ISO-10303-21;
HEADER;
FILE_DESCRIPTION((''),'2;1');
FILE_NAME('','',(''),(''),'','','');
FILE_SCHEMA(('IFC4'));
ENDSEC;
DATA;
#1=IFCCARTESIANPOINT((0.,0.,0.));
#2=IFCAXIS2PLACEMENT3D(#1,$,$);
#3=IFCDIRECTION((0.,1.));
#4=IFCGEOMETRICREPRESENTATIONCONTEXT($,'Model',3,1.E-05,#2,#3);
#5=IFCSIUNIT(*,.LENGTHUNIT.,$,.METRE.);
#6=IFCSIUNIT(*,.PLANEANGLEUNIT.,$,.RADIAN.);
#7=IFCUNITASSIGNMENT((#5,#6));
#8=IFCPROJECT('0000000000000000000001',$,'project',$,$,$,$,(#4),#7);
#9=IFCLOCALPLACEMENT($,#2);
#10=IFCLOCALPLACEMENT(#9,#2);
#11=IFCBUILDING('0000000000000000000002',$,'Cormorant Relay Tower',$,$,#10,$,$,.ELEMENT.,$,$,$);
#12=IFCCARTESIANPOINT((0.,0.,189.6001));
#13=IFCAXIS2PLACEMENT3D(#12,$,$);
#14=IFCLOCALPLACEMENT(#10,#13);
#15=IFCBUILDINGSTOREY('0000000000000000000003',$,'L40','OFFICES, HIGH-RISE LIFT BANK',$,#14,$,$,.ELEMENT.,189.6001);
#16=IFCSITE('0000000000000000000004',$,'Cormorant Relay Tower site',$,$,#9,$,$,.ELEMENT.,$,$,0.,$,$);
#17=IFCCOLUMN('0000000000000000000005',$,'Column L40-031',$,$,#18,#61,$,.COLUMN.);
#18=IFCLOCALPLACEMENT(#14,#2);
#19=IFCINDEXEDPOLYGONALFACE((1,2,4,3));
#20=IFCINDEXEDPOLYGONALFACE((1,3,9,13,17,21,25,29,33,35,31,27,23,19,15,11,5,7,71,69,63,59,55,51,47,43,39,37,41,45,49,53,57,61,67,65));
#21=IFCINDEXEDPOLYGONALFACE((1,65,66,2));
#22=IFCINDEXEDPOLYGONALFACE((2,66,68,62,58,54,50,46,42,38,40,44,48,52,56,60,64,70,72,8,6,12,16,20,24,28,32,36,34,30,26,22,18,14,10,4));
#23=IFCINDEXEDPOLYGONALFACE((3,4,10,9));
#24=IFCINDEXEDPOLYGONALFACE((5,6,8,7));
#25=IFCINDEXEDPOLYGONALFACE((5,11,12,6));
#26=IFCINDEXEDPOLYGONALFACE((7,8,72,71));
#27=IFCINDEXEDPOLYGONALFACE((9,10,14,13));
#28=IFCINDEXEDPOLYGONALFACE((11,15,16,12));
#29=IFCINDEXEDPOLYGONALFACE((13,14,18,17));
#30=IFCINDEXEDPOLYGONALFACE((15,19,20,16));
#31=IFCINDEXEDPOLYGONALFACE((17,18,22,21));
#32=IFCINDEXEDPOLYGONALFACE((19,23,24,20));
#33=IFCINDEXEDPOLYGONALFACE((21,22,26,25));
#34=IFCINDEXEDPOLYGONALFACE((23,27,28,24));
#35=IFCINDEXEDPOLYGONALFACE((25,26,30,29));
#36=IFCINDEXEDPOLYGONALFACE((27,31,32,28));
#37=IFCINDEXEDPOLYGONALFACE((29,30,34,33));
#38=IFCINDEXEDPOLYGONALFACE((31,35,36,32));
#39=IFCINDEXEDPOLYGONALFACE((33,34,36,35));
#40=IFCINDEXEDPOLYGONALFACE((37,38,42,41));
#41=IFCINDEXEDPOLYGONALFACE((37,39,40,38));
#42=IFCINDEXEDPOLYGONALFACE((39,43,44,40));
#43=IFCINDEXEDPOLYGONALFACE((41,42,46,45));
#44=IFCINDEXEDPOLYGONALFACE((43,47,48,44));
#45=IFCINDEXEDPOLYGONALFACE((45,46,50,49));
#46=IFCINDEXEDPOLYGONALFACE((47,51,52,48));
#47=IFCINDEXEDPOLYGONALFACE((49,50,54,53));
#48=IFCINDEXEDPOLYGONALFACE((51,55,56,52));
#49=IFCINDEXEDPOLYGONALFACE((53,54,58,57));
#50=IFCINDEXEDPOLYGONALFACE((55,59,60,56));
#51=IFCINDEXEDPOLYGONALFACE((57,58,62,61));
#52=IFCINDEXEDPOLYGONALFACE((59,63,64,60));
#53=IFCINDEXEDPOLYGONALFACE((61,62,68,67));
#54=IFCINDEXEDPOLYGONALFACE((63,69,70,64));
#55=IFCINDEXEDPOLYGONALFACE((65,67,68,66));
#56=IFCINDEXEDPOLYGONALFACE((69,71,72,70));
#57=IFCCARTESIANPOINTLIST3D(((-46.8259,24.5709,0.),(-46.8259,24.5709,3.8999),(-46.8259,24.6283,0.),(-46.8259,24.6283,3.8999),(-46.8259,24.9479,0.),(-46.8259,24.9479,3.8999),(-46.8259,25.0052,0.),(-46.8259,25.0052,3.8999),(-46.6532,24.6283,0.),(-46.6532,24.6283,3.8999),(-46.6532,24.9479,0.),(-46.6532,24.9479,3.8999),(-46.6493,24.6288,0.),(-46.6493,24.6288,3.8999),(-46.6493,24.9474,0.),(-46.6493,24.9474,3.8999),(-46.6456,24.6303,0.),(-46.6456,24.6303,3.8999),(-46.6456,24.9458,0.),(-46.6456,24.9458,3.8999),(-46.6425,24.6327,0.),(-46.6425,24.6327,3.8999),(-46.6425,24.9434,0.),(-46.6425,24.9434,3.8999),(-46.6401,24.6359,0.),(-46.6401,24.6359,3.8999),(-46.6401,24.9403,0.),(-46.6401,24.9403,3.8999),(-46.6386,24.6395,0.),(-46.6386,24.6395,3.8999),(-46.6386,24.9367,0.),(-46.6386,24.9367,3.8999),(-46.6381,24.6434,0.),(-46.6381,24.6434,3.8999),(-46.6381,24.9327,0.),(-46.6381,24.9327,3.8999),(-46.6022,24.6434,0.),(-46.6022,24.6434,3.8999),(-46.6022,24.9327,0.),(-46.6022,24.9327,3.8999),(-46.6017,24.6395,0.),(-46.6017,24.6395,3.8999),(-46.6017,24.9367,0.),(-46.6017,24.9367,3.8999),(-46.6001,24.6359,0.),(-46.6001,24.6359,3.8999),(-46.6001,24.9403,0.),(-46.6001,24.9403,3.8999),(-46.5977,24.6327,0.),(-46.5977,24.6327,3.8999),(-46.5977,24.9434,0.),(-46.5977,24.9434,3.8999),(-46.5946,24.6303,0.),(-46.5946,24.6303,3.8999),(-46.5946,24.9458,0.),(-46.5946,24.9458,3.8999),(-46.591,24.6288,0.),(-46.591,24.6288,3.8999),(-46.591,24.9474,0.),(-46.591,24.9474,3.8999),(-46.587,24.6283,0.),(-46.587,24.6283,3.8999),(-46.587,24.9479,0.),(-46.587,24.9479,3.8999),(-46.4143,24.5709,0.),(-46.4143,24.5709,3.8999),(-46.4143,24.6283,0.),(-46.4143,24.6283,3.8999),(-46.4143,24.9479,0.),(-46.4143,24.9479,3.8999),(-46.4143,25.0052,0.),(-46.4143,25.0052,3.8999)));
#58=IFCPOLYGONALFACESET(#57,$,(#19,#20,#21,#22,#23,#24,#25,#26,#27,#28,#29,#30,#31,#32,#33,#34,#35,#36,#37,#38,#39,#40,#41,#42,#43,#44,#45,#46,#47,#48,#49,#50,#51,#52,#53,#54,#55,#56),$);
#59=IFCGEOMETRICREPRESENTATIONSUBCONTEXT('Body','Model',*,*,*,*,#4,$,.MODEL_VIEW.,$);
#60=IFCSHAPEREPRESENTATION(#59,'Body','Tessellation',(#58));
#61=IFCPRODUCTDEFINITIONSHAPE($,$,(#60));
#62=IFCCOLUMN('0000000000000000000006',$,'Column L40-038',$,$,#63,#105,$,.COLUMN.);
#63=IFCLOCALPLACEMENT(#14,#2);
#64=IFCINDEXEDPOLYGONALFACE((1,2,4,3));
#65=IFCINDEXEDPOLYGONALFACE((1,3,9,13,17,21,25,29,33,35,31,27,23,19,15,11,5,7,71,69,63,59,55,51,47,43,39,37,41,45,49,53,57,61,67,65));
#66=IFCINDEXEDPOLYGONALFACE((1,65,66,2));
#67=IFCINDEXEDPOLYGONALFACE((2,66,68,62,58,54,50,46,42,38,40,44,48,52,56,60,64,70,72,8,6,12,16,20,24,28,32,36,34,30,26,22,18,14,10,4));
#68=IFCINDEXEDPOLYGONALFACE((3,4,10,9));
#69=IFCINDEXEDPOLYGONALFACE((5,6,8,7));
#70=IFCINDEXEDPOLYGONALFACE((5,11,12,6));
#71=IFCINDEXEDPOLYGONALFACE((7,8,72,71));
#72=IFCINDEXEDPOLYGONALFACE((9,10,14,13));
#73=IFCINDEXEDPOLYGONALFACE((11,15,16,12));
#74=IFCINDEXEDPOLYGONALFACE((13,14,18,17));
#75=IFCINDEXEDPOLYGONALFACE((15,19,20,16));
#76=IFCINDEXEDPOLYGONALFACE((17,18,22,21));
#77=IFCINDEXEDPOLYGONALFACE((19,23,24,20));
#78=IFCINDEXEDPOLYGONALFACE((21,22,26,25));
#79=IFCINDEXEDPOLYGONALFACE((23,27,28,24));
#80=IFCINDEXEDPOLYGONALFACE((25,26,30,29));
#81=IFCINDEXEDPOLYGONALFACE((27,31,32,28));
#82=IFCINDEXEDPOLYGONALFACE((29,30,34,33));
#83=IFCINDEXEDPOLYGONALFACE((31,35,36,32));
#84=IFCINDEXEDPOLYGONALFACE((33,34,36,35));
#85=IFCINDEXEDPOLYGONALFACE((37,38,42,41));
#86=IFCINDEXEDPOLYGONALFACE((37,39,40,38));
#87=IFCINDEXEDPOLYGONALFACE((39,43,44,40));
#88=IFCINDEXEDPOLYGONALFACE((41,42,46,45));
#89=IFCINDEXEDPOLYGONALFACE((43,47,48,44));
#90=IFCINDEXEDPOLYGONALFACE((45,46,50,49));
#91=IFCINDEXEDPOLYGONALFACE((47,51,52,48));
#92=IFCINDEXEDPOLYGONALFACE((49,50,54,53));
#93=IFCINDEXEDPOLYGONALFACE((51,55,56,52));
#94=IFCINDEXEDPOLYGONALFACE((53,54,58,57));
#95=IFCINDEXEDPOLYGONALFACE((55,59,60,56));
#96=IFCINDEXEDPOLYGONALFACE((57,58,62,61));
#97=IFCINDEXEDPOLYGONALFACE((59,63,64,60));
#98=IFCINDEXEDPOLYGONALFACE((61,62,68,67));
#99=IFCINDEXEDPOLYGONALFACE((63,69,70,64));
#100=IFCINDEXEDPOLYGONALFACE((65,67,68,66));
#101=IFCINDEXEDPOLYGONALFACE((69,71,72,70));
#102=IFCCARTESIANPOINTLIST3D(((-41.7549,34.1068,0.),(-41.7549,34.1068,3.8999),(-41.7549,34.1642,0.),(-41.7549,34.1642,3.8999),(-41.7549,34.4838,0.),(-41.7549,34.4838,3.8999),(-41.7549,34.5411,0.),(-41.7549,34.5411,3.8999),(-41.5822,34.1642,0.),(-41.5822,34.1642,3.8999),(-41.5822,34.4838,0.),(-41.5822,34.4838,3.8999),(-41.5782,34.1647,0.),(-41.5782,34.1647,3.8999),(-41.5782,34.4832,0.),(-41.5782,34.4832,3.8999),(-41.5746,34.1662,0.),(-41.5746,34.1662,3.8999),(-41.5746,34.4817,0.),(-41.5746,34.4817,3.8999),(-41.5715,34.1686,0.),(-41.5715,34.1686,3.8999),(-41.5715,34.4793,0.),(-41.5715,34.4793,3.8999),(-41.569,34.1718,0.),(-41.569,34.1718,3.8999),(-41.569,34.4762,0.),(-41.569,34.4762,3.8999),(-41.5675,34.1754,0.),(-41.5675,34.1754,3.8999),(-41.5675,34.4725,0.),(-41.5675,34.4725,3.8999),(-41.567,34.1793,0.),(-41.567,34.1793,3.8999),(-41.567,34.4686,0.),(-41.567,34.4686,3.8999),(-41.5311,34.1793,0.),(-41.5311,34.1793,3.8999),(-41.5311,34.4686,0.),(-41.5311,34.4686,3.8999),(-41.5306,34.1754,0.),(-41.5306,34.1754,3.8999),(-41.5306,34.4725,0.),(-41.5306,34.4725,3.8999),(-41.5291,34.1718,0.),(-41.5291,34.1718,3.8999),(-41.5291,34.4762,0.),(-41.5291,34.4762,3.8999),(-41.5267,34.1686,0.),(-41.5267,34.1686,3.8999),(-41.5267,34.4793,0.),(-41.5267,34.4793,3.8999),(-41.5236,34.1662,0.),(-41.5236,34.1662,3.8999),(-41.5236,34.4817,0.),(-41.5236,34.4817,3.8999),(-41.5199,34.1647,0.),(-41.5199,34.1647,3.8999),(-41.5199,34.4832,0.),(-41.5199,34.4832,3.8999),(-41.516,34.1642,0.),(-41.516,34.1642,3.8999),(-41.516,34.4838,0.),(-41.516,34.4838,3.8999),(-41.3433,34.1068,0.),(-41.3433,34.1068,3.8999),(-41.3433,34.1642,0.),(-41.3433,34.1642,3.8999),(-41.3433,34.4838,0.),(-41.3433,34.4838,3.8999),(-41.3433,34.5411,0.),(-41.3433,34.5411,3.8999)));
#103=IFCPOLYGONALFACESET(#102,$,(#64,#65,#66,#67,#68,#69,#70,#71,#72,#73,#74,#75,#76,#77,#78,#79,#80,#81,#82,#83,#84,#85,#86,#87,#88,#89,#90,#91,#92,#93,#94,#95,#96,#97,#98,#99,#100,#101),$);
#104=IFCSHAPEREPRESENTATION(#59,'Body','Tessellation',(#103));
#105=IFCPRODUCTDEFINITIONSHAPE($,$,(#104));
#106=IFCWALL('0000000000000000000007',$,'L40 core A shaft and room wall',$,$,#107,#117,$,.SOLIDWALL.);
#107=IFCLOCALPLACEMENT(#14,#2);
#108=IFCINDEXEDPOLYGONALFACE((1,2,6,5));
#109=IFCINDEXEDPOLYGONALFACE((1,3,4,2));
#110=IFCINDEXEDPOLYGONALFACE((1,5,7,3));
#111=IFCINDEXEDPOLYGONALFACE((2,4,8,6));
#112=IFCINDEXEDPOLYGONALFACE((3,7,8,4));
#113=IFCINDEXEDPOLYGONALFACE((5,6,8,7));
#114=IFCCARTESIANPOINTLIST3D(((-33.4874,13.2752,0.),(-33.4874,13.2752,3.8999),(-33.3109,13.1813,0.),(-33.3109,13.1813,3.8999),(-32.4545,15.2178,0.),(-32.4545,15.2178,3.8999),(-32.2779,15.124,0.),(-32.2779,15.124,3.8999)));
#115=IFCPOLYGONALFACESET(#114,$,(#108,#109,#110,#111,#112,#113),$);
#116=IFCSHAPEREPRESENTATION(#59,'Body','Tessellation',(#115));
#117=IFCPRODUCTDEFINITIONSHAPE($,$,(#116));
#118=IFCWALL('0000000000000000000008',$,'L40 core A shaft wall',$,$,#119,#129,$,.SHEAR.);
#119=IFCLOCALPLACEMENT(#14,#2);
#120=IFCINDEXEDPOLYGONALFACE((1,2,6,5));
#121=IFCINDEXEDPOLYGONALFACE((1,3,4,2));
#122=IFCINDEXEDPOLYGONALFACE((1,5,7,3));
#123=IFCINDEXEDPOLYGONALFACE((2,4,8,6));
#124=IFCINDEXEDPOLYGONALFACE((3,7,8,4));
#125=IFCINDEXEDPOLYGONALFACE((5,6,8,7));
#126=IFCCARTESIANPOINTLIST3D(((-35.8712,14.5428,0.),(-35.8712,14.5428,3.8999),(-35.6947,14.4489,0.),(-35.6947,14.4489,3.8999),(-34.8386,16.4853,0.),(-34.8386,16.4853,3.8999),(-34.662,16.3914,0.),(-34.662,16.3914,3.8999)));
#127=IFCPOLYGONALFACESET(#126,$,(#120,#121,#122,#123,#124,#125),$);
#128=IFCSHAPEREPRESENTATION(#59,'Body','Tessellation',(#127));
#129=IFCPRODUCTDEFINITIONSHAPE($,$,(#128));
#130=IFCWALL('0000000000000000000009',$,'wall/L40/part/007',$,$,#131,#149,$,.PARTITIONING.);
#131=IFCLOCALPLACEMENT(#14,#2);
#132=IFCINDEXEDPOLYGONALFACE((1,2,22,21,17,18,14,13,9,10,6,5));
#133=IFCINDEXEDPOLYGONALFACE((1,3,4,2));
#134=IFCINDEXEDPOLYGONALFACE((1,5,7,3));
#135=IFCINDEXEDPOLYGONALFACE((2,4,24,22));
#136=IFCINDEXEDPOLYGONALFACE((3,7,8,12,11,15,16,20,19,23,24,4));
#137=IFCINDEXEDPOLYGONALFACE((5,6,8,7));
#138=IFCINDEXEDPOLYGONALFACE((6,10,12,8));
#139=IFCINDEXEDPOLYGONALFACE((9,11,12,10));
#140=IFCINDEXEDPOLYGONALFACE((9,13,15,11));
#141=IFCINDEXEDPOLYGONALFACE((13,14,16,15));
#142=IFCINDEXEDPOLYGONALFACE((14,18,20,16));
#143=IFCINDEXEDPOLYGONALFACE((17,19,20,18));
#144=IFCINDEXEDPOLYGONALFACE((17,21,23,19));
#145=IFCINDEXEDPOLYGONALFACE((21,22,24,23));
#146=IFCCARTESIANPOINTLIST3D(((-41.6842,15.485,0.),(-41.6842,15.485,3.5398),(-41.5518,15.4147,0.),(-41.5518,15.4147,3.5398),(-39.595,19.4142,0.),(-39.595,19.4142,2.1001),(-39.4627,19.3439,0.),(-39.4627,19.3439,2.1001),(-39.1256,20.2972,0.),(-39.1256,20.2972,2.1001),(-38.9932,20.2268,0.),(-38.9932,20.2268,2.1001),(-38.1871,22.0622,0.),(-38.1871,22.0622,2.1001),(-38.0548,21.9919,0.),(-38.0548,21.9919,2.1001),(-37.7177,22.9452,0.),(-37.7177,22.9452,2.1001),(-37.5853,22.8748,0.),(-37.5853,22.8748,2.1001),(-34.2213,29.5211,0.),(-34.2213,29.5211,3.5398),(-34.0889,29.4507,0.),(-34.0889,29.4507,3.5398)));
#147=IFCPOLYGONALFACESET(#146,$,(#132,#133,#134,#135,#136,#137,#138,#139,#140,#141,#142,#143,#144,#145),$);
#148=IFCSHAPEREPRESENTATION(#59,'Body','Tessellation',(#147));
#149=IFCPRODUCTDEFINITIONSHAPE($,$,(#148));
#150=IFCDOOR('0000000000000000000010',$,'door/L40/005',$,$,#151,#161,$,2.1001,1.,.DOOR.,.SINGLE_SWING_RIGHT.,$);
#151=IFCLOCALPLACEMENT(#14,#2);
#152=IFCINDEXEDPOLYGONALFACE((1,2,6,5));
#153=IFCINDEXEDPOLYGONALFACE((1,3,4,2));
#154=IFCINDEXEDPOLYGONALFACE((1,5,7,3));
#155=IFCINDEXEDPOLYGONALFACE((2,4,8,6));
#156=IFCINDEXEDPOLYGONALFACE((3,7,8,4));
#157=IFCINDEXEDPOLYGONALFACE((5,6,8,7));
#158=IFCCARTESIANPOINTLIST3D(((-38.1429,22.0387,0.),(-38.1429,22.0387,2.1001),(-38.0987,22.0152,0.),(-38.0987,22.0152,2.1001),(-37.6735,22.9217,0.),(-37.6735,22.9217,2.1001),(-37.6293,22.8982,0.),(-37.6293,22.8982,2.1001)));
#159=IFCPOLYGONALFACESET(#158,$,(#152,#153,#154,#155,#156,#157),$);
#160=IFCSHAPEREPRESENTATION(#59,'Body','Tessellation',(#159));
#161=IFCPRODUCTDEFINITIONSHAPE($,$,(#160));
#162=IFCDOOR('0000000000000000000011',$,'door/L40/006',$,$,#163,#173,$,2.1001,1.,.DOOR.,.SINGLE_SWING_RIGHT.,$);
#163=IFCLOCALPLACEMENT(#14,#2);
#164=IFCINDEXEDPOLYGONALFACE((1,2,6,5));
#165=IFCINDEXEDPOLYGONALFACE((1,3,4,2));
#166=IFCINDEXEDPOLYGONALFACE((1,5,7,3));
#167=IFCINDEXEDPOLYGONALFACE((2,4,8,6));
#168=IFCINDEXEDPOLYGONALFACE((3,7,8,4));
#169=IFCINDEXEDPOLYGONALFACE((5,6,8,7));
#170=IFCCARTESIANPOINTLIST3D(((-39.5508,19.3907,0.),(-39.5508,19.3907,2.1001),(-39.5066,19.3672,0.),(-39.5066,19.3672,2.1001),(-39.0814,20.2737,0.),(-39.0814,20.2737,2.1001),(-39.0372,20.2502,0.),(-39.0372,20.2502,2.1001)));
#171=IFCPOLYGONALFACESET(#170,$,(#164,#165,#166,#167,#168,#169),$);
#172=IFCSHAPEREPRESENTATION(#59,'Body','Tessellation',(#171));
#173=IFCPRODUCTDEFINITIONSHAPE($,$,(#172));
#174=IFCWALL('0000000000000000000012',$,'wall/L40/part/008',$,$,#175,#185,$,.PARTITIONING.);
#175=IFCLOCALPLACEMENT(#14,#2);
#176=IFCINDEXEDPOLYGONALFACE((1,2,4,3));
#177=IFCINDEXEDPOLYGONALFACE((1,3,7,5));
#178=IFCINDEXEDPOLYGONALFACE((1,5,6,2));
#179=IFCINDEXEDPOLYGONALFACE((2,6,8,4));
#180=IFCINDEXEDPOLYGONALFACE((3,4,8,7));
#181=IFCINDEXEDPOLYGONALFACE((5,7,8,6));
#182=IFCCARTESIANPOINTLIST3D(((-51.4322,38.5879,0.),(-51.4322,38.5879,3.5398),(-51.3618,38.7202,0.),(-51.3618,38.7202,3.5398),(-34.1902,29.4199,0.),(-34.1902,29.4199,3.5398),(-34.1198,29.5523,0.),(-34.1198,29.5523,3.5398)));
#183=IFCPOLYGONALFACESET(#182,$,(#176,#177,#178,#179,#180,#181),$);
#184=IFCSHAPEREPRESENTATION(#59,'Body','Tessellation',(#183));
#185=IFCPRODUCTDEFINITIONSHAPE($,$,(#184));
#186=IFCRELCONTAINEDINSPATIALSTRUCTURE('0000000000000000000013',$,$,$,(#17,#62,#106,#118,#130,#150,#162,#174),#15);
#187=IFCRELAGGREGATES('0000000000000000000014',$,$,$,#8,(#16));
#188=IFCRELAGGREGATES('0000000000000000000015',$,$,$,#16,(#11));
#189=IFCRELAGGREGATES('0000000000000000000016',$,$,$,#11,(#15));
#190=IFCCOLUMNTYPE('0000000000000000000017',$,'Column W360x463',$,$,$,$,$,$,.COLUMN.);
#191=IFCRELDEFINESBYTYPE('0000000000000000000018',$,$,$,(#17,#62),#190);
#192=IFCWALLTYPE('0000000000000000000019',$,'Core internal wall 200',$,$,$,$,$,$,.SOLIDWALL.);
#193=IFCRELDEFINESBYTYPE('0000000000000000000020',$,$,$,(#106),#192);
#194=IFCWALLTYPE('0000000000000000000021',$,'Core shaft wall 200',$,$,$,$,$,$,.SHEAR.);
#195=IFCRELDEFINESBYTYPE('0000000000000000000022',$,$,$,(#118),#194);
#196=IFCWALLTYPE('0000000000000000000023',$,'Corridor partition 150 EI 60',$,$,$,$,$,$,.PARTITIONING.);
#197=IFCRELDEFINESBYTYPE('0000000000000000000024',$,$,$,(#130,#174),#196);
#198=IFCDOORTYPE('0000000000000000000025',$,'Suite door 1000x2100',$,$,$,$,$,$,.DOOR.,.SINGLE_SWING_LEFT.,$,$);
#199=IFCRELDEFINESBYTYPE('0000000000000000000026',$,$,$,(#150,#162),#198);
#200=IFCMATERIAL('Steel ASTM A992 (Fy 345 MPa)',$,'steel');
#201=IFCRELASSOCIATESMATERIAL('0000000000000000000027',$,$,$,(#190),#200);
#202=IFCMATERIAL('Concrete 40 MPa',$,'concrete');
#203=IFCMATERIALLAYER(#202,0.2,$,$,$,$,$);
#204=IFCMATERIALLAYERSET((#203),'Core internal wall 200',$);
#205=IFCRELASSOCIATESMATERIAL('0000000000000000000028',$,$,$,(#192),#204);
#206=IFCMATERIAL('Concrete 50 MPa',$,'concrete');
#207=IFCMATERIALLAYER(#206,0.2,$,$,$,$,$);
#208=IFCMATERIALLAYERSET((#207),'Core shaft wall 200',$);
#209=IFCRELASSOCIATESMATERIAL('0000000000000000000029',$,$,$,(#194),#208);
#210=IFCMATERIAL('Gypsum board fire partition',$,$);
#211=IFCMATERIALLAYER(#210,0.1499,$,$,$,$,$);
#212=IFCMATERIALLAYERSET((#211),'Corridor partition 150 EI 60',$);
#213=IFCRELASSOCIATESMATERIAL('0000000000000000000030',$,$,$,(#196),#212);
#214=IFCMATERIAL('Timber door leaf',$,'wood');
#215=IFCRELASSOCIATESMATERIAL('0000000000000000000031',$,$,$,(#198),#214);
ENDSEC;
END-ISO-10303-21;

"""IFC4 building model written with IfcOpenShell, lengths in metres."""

from ifc_helpers import new_model, si_unit, direction, frame, frame_2d, origin, origin_2d, place, context, subcontext, project, spatial, rectangle, i_section, extrude, material, layer, layer_set, material_profile, profile_set, type_object, element, fill, save


model = new_model("IFC4")

# Units and contexts
model_context = context("Model", 3, precision=1e-05, world=origin(), true_north=direction((0.0, 1.0)))
body_context = subcontext(model_context, "Body", "Model", "MODEL_VIEW")
ifc_project = project(units=[si_unit("LENGTHUNIT", "METRE"), si_unit("PLANEANGLEUNIT", "RADIAN")], contexts=[model_context])

# Site, building, storey
site_placement = place(None, origin())
site = spatial("IfcSite", under=ifc_project, at=site_placement, Name="Cormorant Relay Tower site", CompositionType="ELEMENT", RefElevation=0.0)
building_placement = place(site_placement, origin())
building = spatial("IfcBuilding", under=site, at=building_placement, Name="Cormorant Relay Tower", CompositionType="ELEMENT")
storey_placement = place(building_placement, frame((0.0, 0.0, 189.6001)))
storey = spatial("IfcBuildingStorey", under=building, at=storey_placement, Name="L40", Description="OFFICES, HIGH-RISE LIFT BANK", CompositionType="ELEMENT", Elevation=189.6001)

# Columns
ifc_material_1 = material(Name="Steel ASTM A992 (Fy 345 MPa)", Category="steel")
ifc_material_profile = material_profile(ifc_material_1, i_section(OverallWidth=0.4116, OverallDepth=0.4343, WebThickness=0.0359, FlangeThickness=0.0574, FilletRadius=0.0151, at=origin_2d()), Name="W360x463")
ifc_profile_set = profile_set([ifc_material_profile], Name="Steel ASTM A992 (Fy 345 MPa)")
column_type = type_object("IfcColumnType", Name="Column W360x463", PredefinedType="COLUMN", material=ifc_profile_set)
for number, where, z_axis, x_axis, name in (
    (1, (-46.6201, 24.7881, 0.0), (0.0, 0.0, 1.0), (1.0, 0.0, 0.0), "Column L40-031"),
    (2, (-41.5491, 34.324, 0.0), (0.0, 0.0, 1.0), (1.0, 0.0, 0.0), "Column L40-038"),
):
    element("IfcColumn", number, at=place(storey_placement, frame(where, z_axis=z_axis, x_axis=x_axis)), inside=storey, type_object=column_type, Name=name, PredefinedType="COLUMN", context=body_context, shape_type="SweptSolid", body=[
        extrude(i_section(OverallWidth=0.4116, OverallDepth=0.4343, WebThickness=0.0359, FlangeThickness=0.0574, FilletRadius=0.0151, at=origin_2d()), origin(), (0.0, 0.0, 1.0), 3.8999),
    ])

# Walls
ifc_material_2 = material(Name="Concrete 40 MPa", Category="concrete")
ifc_layer_1 = layer(ifc_material_2, 0.2)
ifc_layer_set_1 = layer_set([ifc_layer_1], Name="Core internal wall 200")
wall_type_1 = type_object("IfcWallType", Name="Core internal wall 200", PredefinedType="SOLIDWALL", material=ifc_layer_set_1)
wall_1_placement = place(storey_placement, frame((-32.3662, 15.1709, 0.0), z_axis=(0.0, 0.0, 1.0), x_axis=(-0.469488, -0.882939, 0.0)))
element("IfcWall", 3, at=wall_1_placement, inside=storey, type_object=wall_type_1, Name="L40 core A shaft and room wall", PredefinedType="SOLIDWALL", context=body_context, shape_type="SweptSolid", body=[
    extrude(rectangle(XDim=2.2002, YDim=0.2, at=frame_2d((1.1001, 0.0))), origin(), (0.0, 0.0, 1.0), 3.8999),
])
ifc_material_3 = material(Name="Concrete 50 MPa", Category="concrete")
ifc_layer_2 = layer(ifc_material_3, 0.2)
ifc_layer_set_2 = layer_set([ifc_layer_2], Name="Core shaft wall 200")
wall_type_2 = type_object("IfcWallType", Name="Core shaft wall 200", PredefinedType="SHEAR", material=ifc_layer_set_2)
wall_2_placement = place(storey_placement, frame((-34.7502, 16.4385, 0.0), z_axis=(0.0, 0.0, 1.0), x_axis=(-0.469401, -0.882985, 0.0)))
element("IfcWall", 4, at=wall_2_placement, inside=storey, type_object=wall_type_2, Name="L40 core A shaft wall", PredefinedType="SHEAR", context=body_context, shape_type="SweptSolid", body=[
    extrude(rectangle(XDim=2.2, YDim=0.2, at=frame_2d((1.1001, 0.0))), origin(), (0.0, 0.0, 1.0), 3.8999),
])

# Wall, openings, doors
ifc_material_4 = material(Name="Gypsum board fire partition")
ifc_layer_3 = layer(ifc_material_4, 0.1499)
ifc_layer_set_3 = layer_set([ifc_layer_3], Name="Corridor partition 150 EI 60")
wall_type_3 = type_object("IfcWallType", Name="Corridor partition 150 EI 60", PredefinedType="PARTITIONING", material=ifc_layer_set_3)
wall_3_placement = place(storey_placement, frame((-41.6179, 15.45, 0.0), z_axis=(0.0, 0.0, 1.0), x_axis=(0.469459, 0.882954, 0.0)))
wall_3 = element("IfcWall", 5, at=wall_3_placement, inside=storey, type_object=wall_type_3, Name="wall/L40/part/007", PredefinedType="PARTITIONING", context=body_context, shape_type="SweptSolid", body=[
    extrude(rectangle(XDim=15.8967, YDim=0.1499, at=frame_2d((7.9482, 0.0))), origin(), (0.0, 0.0, 1.0), 3.5398),
])
opening_1_placement = place(wall_3_placement, frame((7.449, 0.0, 0.0)))
opening_1 = element("IfcOpeningElement", 6, at=opening_1_placement, cuts=wall_3, PredefinedType="OPENING", context=body_context, shape_type="SweptSolid", body=[
    extrude(rectangle(XDim=1.0, YDim=2.1001, at=frame_2d((0.5, 1.05))), frame((0.0, 0.085, 0.0), z_axis=(0.0, -1.0, 0.0), x_axis=(1.0, 0.0, 0.0)), (0.0, 0.0, 1.0), 0.1699),
])
opening_2_placement = place(wall_3_placement, frame((4.45, 0.0, 0.0)))
opening_2 = element("IfcOpeningElement", 7, at=opening_2_placement, cuts=wall_3, PredefinedType="OPENING", context=body_context, shape_type="SweptSolid", body=[
    extrude(rectangle(XDim=1.0, YDim=2.1001, at=frame_2d((0.5, 1.05))), frame((0.0, 0.085, 0.0), z_axis=(0.0, -1.0, 0.0), x_axis=(1.0, 0.0, 0.0)), (0.0, 0.0, 1.0), 0.1699),
])
ifc_material_5 = material(Name="Timber door leaf", Category="wood")
door_type_1 = type_object("IfcDoorType", Name="Suite door 1000x2100", OperationType="SINGLE_SWING_LEFT", PredefinedType="DOOR", material=ifc_material_5)
door_1_placement = place(opening_1_placement, origin())
door_1 = element("IfcDoor", 8, at=door_1_placement, inside=storey, type_object=door_type_1, Name="door/L40/005", OperationType="SINGLE_SWING_RIGHT", OverallHeight=2.1001, OverallWidth=1.0, PredefinedType="DOOR", context=body_context, shape_type="SweptSolid", body=[
    extrude(rectangle(XDim=1.0, YDim=2.1001, at=frame_2d((0.5, 1.05))), frame((0.0, 0.0249, 0.0), z_axis=(0.0, -1.0, 0.0), x_axis=(1.0, 0.0, 0.0)), (0.0, 0.0, 1.0), 0.05),
])
fill(opening_1, door_1)
door_2_placement = place(opening_2_placement, origin())
door_2 = element("IfcDoor", 9, at=door_2_placement, inside=storey, type_object=door_type_1, Name="door/L40/006", OperationType="SINGLE_SWING_RIGHT", OverallHeight=2.1001, OverallWidth=1.0, PredefinedType="DOOR", context=body_context, shape_type="SweptSolid", body=[
    extrude(rectangle(XDim=1.0, YDim=2.1001, at=frame_2d((0.5, 1.05))), frame((0.0, 0.0249, 0.0), z_axis=(0.0, -1.0, 0.0), x_axis=(1.0, 0.0, 0.0)), (0.0, 0.0, 1.0), 0.05),
])
fill(opening_2, door_2)

# Wall
wall_4_placement = place(storey_placement, frame((-34.155, 29.4861, 0.0), z_axis=(0.0, 0.0, 1.0), x_axis=(-0.882942, 0.469482, 0.0)))
element("IfcWall", 10, at=wall_4_placement, inside=storey, type_object=wall_type_3, Name="wall/L40/part/008", PredefinedType="PARTITIONING", context=body_context, shape_type="SweptSolid", body=[
    extrude(rectangle(XDim=19.5278, YDim=0.1499, at=frame_2d((9.7639, 0.0))), origin(), (0.0, 0.0, 1.0), 3.5398),
])

save(model, "model.ifc")
